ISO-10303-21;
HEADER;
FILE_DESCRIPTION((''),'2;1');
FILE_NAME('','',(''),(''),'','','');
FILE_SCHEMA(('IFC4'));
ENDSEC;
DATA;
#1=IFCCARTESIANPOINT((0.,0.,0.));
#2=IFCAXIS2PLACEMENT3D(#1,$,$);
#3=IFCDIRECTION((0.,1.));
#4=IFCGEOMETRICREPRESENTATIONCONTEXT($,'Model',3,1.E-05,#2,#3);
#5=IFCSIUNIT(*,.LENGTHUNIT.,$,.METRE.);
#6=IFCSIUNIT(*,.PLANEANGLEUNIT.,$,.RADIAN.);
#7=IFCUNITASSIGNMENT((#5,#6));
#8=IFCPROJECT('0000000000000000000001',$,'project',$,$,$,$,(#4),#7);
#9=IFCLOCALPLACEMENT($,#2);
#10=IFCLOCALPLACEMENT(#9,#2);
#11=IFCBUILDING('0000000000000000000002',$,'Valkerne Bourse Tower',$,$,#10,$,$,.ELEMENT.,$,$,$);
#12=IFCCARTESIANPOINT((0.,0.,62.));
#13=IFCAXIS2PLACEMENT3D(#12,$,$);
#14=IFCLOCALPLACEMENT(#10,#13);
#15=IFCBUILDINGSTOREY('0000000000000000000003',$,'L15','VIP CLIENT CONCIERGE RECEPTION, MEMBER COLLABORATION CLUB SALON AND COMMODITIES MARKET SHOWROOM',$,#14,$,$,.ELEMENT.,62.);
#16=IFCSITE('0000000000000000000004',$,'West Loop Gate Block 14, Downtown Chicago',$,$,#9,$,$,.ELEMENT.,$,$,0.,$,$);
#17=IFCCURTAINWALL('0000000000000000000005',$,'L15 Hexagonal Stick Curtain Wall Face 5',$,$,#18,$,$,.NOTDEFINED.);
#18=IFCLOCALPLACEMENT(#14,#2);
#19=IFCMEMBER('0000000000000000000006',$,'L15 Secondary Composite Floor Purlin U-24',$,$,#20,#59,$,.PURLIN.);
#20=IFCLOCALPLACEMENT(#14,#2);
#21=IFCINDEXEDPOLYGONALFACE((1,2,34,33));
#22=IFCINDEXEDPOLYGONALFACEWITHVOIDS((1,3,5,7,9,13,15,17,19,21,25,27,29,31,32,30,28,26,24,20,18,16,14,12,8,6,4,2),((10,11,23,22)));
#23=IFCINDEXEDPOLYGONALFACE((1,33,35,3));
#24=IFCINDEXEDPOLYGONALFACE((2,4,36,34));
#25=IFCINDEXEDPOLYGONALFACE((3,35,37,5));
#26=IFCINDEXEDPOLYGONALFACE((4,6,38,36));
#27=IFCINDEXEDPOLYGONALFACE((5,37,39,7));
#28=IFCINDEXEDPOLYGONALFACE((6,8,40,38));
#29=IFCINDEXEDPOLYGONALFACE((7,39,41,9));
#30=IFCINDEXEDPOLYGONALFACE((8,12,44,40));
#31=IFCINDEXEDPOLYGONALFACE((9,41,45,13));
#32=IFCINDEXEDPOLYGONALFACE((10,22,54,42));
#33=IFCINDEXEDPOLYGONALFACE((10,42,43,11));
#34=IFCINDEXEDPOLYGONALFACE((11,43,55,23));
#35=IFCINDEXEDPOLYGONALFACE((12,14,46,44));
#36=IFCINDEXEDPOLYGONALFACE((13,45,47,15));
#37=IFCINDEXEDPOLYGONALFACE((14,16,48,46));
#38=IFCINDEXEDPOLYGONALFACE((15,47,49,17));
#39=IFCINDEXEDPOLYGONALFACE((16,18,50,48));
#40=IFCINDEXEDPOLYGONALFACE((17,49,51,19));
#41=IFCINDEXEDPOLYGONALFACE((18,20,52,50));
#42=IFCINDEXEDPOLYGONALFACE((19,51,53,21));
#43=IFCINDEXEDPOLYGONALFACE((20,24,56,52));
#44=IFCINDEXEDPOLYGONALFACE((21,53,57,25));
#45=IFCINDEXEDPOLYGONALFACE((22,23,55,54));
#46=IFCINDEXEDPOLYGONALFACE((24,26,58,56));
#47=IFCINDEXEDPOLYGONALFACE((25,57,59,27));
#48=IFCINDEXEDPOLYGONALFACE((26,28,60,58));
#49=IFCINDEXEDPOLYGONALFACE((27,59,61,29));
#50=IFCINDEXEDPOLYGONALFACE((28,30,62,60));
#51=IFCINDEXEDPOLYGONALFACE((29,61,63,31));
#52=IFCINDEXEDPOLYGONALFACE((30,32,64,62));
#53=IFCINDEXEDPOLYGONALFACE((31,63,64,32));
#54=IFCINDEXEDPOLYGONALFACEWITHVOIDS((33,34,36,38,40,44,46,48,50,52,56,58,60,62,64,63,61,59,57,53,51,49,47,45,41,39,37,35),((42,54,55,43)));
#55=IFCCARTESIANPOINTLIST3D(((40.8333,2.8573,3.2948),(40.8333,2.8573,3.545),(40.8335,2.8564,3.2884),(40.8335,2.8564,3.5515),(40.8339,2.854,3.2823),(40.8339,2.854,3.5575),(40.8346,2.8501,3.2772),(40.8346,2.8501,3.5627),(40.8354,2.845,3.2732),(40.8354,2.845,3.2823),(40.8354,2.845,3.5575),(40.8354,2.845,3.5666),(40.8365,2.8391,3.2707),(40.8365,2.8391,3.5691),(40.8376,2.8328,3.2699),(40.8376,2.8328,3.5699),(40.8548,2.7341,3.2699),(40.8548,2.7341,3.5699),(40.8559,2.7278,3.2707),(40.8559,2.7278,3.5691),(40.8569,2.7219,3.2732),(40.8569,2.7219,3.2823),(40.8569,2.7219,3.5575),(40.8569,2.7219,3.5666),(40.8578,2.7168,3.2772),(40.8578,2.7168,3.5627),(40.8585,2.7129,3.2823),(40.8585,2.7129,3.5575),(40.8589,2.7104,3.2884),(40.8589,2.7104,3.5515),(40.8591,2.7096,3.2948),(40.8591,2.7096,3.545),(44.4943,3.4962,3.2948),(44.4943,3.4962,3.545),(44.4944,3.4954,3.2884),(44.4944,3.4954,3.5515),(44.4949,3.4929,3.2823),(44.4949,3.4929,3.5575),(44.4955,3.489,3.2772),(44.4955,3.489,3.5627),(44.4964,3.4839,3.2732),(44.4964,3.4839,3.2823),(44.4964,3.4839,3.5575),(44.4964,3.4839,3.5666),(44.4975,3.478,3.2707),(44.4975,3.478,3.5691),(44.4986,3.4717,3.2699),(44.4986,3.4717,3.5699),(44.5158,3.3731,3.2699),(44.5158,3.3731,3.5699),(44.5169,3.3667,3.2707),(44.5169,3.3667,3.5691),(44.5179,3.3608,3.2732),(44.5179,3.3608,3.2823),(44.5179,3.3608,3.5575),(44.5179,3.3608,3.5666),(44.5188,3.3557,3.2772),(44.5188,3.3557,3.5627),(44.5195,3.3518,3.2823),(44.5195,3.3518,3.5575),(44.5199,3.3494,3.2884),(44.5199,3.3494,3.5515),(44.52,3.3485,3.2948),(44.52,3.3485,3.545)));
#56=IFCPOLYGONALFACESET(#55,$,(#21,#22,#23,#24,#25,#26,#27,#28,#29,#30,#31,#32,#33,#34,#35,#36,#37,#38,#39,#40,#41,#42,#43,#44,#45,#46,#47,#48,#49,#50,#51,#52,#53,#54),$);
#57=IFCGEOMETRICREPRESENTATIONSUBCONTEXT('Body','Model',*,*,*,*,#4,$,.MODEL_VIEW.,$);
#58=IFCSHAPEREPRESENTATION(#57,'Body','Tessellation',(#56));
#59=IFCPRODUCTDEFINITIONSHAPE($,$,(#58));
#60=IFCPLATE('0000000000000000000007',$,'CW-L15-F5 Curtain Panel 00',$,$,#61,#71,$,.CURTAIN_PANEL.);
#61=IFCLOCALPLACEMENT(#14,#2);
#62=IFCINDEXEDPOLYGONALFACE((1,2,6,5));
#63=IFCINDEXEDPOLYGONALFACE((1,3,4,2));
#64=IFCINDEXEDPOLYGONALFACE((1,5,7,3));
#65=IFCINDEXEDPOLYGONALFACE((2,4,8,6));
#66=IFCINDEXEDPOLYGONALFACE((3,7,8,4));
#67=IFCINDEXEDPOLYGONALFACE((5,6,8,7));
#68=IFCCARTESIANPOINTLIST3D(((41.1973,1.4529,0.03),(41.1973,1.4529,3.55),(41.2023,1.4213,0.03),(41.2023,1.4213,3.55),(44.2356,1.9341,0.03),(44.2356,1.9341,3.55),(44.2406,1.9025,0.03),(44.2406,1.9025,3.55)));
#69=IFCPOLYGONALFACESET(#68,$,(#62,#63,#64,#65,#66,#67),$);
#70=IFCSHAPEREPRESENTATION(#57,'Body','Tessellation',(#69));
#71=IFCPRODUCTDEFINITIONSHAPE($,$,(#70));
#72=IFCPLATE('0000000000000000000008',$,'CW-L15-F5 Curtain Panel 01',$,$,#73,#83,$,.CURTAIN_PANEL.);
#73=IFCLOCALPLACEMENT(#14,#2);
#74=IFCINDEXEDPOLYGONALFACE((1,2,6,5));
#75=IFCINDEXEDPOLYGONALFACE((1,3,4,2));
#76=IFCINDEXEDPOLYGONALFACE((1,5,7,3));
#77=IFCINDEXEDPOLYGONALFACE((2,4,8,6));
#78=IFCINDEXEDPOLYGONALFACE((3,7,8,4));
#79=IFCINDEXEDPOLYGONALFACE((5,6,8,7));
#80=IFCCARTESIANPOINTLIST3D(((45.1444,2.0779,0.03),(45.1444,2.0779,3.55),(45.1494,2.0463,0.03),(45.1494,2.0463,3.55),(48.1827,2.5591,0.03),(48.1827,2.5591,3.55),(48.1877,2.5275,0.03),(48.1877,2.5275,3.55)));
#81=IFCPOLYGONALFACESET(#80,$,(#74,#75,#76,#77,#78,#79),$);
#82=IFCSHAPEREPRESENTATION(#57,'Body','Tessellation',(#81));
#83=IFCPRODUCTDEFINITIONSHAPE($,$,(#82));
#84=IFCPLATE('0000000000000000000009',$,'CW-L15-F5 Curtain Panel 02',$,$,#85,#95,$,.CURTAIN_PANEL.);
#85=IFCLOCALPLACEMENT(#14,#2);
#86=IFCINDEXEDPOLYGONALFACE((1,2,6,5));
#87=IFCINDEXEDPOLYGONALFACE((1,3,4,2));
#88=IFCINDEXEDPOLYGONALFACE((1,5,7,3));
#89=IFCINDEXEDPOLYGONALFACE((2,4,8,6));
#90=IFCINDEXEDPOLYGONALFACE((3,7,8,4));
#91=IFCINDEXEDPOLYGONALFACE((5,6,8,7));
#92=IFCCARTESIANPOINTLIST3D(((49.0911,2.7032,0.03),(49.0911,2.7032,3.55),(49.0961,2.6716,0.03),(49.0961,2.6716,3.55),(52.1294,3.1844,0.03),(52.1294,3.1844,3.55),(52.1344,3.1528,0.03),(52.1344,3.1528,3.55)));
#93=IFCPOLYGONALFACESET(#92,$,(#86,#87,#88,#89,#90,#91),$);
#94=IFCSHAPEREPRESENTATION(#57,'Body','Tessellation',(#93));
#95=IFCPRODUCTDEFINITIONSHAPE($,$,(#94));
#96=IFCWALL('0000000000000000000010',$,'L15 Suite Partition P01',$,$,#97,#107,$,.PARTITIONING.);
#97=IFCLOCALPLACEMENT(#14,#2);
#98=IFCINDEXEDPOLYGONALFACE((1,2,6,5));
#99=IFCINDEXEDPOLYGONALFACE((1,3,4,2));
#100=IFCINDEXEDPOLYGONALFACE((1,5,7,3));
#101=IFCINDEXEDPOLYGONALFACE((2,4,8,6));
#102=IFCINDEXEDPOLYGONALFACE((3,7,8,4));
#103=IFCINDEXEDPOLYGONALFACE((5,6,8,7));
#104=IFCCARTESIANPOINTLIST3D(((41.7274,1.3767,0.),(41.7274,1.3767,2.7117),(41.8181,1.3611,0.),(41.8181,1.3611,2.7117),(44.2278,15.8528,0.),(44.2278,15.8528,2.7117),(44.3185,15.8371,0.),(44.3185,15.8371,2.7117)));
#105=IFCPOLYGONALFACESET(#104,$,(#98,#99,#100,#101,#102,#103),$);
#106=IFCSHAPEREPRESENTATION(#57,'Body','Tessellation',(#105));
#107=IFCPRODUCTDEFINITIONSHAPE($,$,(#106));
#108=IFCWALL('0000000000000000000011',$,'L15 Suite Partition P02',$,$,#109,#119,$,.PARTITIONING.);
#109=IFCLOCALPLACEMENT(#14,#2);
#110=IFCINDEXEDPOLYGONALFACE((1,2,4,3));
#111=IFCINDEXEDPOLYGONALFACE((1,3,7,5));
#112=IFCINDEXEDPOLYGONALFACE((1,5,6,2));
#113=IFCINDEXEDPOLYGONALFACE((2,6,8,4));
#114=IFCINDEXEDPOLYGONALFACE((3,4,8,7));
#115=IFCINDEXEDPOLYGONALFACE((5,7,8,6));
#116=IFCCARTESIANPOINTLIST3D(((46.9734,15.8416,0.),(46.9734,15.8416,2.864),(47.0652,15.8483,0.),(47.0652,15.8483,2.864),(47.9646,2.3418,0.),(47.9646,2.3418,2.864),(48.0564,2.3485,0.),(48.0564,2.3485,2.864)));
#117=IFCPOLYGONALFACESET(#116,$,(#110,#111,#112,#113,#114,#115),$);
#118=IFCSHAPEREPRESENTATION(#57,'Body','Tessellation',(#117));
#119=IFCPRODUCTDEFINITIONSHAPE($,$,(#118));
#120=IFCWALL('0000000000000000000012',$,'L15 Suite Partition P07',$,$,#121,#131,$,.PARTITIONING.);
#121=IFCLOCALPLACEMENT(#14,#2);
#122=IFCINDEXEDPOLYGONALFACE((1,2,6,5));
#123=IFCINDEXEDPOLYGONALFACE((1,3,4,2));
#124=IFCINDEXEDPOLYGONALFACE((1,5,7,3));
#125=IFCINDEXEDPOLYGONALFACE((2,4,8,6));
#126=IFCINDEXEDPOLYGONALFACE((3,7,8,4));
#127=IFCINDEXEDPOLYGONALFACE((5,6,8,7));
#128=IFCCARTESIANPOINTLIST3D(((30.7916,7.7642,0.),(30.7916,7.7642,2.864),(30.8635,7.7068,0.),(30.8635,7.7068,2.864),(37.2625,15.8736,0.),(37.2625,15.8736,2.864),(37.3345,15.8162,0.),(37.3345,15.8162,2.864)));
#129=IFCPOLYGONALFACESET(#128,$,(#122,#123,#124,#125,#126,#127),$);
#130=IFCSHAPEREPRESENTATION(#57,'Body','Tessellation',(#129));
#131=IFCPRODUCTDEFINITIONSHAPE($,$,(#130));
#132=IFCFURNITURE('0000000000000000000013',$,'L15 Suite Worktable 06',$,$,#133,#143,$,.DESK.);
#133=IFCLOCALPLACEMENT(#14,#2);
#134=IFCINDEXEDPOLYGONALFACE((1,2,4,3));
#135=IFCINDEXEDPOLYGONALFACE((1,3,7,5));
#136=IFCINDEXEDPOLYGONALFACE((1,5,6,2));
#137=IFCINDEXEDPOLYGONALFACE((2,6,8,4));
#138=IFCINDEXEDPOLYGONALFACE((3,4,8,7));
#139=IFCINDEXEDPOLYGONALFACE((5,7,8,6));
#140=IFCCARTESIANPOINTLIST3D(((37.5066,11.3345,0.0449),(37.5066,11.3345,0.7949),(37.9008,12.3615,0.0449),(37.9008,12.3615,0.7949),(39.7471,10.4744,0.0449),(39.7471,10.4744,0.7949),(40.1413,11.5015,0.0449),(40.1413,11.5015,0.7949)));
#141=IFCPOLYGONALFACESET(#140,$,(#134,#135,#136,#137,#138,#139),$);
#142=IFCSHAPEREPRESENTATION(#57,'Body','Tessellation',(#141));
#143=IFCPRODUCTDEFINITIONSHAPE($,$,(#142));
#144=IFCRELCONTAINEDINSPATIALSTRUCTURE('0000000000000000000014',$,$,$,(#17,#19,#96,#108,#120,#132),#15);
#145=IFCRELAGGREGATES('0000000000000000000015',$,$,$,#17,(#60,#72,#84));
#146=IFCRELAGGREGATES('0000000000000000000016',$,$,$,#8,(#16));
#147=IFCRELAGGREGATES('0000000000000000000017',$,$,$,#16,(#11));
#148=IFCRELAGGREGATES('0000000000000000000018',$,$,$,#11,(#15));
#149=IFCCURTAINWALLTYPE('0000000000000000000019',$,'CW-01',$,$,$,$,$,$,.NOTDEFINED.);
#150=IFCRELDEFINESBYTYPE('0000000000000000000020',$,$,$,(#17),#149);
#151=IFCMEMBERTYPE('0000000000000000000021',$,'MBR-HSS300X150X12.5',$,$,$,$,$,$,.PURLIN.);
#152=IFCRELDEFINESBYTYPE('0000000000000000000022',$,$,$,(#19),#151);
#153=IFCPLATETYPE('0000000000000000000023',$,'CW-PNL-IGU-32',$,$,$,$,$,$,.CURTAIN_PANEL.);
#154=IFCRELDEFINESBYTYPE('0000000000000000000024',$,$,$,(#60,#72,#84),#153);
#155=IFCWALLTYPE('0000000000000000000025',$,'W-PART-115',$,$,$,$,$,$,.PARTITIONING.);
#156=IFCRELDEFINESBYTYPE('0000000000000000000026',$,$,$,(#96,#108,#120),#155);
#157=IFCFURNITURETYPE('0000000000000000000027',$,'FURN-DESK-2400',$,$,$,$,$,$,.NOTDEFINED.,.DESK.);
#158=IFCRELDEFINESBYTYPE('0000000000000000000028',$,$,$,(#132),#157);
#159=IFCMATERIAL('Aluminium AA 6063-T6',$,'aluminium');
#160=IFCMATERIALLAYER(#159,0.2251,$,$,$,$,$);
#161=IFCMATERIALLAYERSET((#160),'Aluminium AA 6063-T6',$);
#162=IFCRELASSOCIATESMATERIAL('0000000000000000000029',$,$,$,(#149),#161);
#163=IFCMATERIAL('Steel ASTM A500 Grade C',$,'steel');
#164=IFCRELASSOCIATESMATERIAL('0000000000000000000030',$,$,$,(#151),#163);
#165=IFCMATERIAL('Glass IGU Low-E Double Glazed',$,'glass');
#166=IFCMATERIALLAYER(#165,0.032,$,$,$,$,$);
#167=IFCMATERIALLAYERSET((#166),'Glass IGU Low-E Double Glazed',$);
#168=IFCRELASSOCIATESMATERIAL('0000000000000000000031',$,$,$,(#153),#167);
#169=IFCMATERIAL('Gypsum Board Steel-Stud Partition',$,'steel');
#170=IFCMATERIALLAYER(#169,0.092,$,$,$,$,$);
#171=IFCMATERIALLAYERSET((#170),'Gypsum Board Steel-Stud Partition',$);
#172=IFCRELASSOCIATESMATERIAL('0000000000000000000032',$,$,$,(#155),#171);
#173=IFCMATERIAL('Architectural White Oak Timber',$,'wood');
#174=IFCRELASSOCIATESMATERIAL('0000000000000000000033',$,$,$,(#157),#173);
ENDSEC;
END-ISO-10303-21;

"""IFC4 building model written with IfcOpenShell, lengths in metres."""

from ifc_helpers import new_model, si_unit, direction, frame, frame_2d, origin, origin_2d, place, context, subcontext, project, spatial, rectangle, hollow_rectangle, extrude, material, layer, layer_set, material_profile, profile_set, type_object, element, aggregate, save


model = new_model("IFC4")

# Units and contexts
model_context = context("Model", 3, precision=1e-05, world=origin(), true_north=direction((0.0, 1.0)))
body_context = subcontext(model_context, "Body", "Model", "MODEL_VIEW")
ifc_project = project(units=[si_unit("LENGTHUNIT", "METRE"), si_unit("PLANEANGLEUNIT", "RADIAN")], contexts=[model_context])

# Site, building, storey
site_placement = place(None, origin())
site = spatial("IfcSite", under=ifc_project, at=site_placement, Name="West Loop Gate Block 14, Downtown Chicago", CompositionType="ELEMENT", RefElevation=0.0)
building_placement = place(site_placement, origin())
building = spatial("IfcBuilding", under=site, at=building_placement, Name="Valkerne Bourse Tower", CompositionType="ELEMENT")
storey_placement = place(building_placement, frame((0.0, 0.0, 62.0)))
storey = spatial("IfcBuildingStorey", under=building, at=storey_placement, Name="L15", Description="VIP CLIENT CONCIERGE RECEPTION, MEMBER COLLABORATION CLUB SALON AND COMMODITIES MARKET SHOWROOM", CompositionType="ELEMENT", Elevation=62.0)

# Curtain wall
ifc_material_1 = material(Name="Aluminium AA 6063-T6", Category="aluminium")
ifc_layer_1 = layer(ifc_material_1, 0.2251)
ifc_layer_set_1 = layer_set([ifc_layer_1], Name="Aluminium AA 6063-T6")
curtain_wall_type = type_object("IfcCurtainWallType", Name="CW-01", PredefinedType="NOTDEFINED", material=ifc_layer_set_1)
curtain_wall_placement = place(storey_placement, origin())
curtain_wall = element("IfcCurtainWall", 1, at=curtain_wall_placement, inside=storey, type_object=curtain_wall_type, Name="L15 Hexagonal Stick Curtain Wall Face 5", PredefinedType="NOTDEFINED")

# Member
ifc_material_2 = material(Name="Steel ASTM A500 Grade C", Category="steel")
ifc_material_profile_1 = material_profile(ifc_material_2, hollow_rectangle(XDim=0.1499, YDim=0.3, WallThickness=0.0125, OuterFilletRadius=0.0249, at=origin_2d()), Name="HSS300X150X12.5")
ifc_profile_set_1 = profile_set([ifc_material_profile_1], Name="Steel ASTM A500 Grade C")
member_type_1 = type_object("IfcMemberType", Name="MBR-HSS300X150X12.5", PredefinedType="PURLIN", material=ifc_profile_set_1)
member_1_placement = place(storey_placement, frame((40.8462, 2.7834, 3.4199), z_axis=(0.98511, 0.171926, 0.0), x_axis=(-0.171926, 0.98511, 0.0)))
element("IfcMember", 2, at=member_1_placement, inside=storey, type_object=member_type_1, Name="L15 Secondary Composite Floor Purlin U-24", PredefinedType="PURLIN", context=body_context, shape_type="SweptSolid", body=[
    extrude(hollow_rectangle(XDim=0.1499, YDim=0.3, WallThickness=0.0125, OuterFilletRadius=0.0249, at=origin_2d()), origin(), (0.0, 0.0, 1.0), 3.7163),
])

# Plates
ifc_material_3 = material(Name="Glass IGU Low-E Double Glazed", Category="glass")
ifc_layer_2 = layer(ifc_material_3, 0.032)
ifc_layer_set_2 = layer_set([ifc_layer_2], Name="Glass IGU Low-E Double Glazed")
plate_type = type_object("IfcPlateType", Name="CW-PNL-IGU-32", PredefinedType="CURTAIN_PANEL", material=ifc_layer_set_2)
plate_1_placement = place(storey_placement, frame((42.719, 1.6777, 0.03), z_axis=(0.0, 0.0, 1.0), x_axis=(0.987689, 0.156432, 0.0)))
plate_1 = element("IfcPlate", 3, at=plate_1_placement, type_object=plate_type, Name="CW-L15-F5 Curtain Panel 00", PredefinedType="CURTAIN_PANEL", context=body_context, shape_type="SweptSolid", body=[
    extrude(rectangle(XDim=3.0762, YDim=0.032, at=origin_2d()), origin(), (0.0, 0.0, 1.0), 3.52),
])
plate_2_placement = place(storey_placement, frame((46.666, 2.3027, 0.03), z_axis=(0.0, 0.0, 1.0), x_axis=(0.987689, 0.156432, 0.0)))
plate_2 = element("IfcPlate", 4, at=plate_2_placement, type_object=plate_type, Name="CW-L15-F5 Curtain Panel 01", PredefinedType="CURTAIN_PANEL", context=body_context, shape_type="SweptSolid", body=[
    extrude(rectangle(XDim=3.0762, YDim=0.032, at=origin_2d()), origin(), (0.0, 0.0, 1.0), 3.52),
])
plate_3_placement = place(storey_placement, frame((50.6128, 2.928, 0.03), z_axis=(0.0, 0.0, 1.0), x_axis=(0.987689, 0.156432, 0.0)))
plate_3 = element("IfcPlate", 5, at=plate_3_placement, type_object=plate_type, Name="CW-L15-F5 Curtain Panel 02", PredefinedType="CURTAIN_PANEL", context=body_context, shape_type="SweptSolid", body=[
    extrude(rectangle(XDim=3.0762, YDim=0.032, at=origin_2d()), origin(), (0.0, 0.0, 1.0), 3.52),
])
aggregate(curtain_wall, [plate_1, plate_2, plate_3])

# Walls
ifc_material_4 = material(Name="Gypsum Board Steel-Stud Partition", Category="steel")
ifc_layer_3 = layer(ifc_material_4, 0.092)
ifc_layer_set_3 = layer_set([ifc_layer_3], Name="Gypsum Board Steel-Stud Partition")
wall_type = type_object("IfcWallType", Name="W-PART-115", PredefinedType="PARTITIONING", material=ifc_layer_set_3)
wall_1_placement = place(storey_placement, frame((44.2732, 15.845, 0.0), z_axis=(0.0, 0.0, 1.0), x_axis=(-0.170212, -0.985407, 0.0)))
element("IfcWall", 6, at=wall_1_placement, inside=storey, type_object=wall_type, Name="L15 Suite Partition P01", PredefinedType="PARTITIONING", context=body_context, shape_type="SweptSolid", body=[
    extrude(rectangle(XDim=14.6904, YDim=0.092, at=frame_2d((7.3452, 0.0))), origin(), (0.0, 0.0, 1.0), 2.7117),
])
wall_2_placement = place(storey_placement, frame((47.0193, 15.845, 0.0), z_axis=(0.0, 0.0, 1.0), x_axis=(0.073227, -0.997315, 0.0)))
element("IfcWall", 7, at=wall_2_placement, inside=storey, type_object=wall_type, Name="L15 Suite Partition P02", PredefinedType="PARTITIONING", context=body_context, shape_type="SweptSolid", body=[
    extrude(rectangle(XDim=13.5361, YDim=0.092, at=frame_2d((6.7681, 0.0))), origin(), (0.0, 0.0, 1.0), 2.864),
])
wall_3_placement = place(storey_placement, frame((37.2986, 15.845, 0.0), z_axis=(0.0, 0.0, 1.0), x_axis=(-0.623722, -0.781646, 0.0)))
element("IfcWall", 8, at=wall_3_placement, inside=storey, type_object=wall_type, Name="L15 Suite Partition P07", PredefinedType="PARTITIONING", context=body_context, shape_type="SweptSolid", body=[
    extrude(rectangle(XDim=10.3748, YDim=0.092, at=frame_2d((5.1875, 0.0))), origin(), (0.0, 0.0, 1.0), 2.864),
])

# Furniture
ifc_material_5 = material(Name="Architectural White Oak Timber", Category="wood")
furniture_type = type_object("IfcFurnitureType", Name="FURN-DESK-2400", AssemblyPlace="NOTDEFINED", PredefinedType="DESK", material=ifc_material_5)
furniture_placement = place(storey_placement, frame((38.824, 11.418, 0.0449), z_axis=(0.0, 0.0, 1.0), x_axis=(-0.93358, 0.358368, 0.0)))
element("IfcFurniture", 9, at=furniture_placement, inside=storey, type_object=furniture_type, Name="L15 Suite Worktable 06", PredefinedType="DESK", context=body_context, shape_type="SweptSolid", body=[
    extrude(rectangle(XDim=2.3999, YDim=1.1001, at=origin_2d()), origin(), (0.0, 0.0, 1.0), 0.75),
])

save(model, "model.ifc")
